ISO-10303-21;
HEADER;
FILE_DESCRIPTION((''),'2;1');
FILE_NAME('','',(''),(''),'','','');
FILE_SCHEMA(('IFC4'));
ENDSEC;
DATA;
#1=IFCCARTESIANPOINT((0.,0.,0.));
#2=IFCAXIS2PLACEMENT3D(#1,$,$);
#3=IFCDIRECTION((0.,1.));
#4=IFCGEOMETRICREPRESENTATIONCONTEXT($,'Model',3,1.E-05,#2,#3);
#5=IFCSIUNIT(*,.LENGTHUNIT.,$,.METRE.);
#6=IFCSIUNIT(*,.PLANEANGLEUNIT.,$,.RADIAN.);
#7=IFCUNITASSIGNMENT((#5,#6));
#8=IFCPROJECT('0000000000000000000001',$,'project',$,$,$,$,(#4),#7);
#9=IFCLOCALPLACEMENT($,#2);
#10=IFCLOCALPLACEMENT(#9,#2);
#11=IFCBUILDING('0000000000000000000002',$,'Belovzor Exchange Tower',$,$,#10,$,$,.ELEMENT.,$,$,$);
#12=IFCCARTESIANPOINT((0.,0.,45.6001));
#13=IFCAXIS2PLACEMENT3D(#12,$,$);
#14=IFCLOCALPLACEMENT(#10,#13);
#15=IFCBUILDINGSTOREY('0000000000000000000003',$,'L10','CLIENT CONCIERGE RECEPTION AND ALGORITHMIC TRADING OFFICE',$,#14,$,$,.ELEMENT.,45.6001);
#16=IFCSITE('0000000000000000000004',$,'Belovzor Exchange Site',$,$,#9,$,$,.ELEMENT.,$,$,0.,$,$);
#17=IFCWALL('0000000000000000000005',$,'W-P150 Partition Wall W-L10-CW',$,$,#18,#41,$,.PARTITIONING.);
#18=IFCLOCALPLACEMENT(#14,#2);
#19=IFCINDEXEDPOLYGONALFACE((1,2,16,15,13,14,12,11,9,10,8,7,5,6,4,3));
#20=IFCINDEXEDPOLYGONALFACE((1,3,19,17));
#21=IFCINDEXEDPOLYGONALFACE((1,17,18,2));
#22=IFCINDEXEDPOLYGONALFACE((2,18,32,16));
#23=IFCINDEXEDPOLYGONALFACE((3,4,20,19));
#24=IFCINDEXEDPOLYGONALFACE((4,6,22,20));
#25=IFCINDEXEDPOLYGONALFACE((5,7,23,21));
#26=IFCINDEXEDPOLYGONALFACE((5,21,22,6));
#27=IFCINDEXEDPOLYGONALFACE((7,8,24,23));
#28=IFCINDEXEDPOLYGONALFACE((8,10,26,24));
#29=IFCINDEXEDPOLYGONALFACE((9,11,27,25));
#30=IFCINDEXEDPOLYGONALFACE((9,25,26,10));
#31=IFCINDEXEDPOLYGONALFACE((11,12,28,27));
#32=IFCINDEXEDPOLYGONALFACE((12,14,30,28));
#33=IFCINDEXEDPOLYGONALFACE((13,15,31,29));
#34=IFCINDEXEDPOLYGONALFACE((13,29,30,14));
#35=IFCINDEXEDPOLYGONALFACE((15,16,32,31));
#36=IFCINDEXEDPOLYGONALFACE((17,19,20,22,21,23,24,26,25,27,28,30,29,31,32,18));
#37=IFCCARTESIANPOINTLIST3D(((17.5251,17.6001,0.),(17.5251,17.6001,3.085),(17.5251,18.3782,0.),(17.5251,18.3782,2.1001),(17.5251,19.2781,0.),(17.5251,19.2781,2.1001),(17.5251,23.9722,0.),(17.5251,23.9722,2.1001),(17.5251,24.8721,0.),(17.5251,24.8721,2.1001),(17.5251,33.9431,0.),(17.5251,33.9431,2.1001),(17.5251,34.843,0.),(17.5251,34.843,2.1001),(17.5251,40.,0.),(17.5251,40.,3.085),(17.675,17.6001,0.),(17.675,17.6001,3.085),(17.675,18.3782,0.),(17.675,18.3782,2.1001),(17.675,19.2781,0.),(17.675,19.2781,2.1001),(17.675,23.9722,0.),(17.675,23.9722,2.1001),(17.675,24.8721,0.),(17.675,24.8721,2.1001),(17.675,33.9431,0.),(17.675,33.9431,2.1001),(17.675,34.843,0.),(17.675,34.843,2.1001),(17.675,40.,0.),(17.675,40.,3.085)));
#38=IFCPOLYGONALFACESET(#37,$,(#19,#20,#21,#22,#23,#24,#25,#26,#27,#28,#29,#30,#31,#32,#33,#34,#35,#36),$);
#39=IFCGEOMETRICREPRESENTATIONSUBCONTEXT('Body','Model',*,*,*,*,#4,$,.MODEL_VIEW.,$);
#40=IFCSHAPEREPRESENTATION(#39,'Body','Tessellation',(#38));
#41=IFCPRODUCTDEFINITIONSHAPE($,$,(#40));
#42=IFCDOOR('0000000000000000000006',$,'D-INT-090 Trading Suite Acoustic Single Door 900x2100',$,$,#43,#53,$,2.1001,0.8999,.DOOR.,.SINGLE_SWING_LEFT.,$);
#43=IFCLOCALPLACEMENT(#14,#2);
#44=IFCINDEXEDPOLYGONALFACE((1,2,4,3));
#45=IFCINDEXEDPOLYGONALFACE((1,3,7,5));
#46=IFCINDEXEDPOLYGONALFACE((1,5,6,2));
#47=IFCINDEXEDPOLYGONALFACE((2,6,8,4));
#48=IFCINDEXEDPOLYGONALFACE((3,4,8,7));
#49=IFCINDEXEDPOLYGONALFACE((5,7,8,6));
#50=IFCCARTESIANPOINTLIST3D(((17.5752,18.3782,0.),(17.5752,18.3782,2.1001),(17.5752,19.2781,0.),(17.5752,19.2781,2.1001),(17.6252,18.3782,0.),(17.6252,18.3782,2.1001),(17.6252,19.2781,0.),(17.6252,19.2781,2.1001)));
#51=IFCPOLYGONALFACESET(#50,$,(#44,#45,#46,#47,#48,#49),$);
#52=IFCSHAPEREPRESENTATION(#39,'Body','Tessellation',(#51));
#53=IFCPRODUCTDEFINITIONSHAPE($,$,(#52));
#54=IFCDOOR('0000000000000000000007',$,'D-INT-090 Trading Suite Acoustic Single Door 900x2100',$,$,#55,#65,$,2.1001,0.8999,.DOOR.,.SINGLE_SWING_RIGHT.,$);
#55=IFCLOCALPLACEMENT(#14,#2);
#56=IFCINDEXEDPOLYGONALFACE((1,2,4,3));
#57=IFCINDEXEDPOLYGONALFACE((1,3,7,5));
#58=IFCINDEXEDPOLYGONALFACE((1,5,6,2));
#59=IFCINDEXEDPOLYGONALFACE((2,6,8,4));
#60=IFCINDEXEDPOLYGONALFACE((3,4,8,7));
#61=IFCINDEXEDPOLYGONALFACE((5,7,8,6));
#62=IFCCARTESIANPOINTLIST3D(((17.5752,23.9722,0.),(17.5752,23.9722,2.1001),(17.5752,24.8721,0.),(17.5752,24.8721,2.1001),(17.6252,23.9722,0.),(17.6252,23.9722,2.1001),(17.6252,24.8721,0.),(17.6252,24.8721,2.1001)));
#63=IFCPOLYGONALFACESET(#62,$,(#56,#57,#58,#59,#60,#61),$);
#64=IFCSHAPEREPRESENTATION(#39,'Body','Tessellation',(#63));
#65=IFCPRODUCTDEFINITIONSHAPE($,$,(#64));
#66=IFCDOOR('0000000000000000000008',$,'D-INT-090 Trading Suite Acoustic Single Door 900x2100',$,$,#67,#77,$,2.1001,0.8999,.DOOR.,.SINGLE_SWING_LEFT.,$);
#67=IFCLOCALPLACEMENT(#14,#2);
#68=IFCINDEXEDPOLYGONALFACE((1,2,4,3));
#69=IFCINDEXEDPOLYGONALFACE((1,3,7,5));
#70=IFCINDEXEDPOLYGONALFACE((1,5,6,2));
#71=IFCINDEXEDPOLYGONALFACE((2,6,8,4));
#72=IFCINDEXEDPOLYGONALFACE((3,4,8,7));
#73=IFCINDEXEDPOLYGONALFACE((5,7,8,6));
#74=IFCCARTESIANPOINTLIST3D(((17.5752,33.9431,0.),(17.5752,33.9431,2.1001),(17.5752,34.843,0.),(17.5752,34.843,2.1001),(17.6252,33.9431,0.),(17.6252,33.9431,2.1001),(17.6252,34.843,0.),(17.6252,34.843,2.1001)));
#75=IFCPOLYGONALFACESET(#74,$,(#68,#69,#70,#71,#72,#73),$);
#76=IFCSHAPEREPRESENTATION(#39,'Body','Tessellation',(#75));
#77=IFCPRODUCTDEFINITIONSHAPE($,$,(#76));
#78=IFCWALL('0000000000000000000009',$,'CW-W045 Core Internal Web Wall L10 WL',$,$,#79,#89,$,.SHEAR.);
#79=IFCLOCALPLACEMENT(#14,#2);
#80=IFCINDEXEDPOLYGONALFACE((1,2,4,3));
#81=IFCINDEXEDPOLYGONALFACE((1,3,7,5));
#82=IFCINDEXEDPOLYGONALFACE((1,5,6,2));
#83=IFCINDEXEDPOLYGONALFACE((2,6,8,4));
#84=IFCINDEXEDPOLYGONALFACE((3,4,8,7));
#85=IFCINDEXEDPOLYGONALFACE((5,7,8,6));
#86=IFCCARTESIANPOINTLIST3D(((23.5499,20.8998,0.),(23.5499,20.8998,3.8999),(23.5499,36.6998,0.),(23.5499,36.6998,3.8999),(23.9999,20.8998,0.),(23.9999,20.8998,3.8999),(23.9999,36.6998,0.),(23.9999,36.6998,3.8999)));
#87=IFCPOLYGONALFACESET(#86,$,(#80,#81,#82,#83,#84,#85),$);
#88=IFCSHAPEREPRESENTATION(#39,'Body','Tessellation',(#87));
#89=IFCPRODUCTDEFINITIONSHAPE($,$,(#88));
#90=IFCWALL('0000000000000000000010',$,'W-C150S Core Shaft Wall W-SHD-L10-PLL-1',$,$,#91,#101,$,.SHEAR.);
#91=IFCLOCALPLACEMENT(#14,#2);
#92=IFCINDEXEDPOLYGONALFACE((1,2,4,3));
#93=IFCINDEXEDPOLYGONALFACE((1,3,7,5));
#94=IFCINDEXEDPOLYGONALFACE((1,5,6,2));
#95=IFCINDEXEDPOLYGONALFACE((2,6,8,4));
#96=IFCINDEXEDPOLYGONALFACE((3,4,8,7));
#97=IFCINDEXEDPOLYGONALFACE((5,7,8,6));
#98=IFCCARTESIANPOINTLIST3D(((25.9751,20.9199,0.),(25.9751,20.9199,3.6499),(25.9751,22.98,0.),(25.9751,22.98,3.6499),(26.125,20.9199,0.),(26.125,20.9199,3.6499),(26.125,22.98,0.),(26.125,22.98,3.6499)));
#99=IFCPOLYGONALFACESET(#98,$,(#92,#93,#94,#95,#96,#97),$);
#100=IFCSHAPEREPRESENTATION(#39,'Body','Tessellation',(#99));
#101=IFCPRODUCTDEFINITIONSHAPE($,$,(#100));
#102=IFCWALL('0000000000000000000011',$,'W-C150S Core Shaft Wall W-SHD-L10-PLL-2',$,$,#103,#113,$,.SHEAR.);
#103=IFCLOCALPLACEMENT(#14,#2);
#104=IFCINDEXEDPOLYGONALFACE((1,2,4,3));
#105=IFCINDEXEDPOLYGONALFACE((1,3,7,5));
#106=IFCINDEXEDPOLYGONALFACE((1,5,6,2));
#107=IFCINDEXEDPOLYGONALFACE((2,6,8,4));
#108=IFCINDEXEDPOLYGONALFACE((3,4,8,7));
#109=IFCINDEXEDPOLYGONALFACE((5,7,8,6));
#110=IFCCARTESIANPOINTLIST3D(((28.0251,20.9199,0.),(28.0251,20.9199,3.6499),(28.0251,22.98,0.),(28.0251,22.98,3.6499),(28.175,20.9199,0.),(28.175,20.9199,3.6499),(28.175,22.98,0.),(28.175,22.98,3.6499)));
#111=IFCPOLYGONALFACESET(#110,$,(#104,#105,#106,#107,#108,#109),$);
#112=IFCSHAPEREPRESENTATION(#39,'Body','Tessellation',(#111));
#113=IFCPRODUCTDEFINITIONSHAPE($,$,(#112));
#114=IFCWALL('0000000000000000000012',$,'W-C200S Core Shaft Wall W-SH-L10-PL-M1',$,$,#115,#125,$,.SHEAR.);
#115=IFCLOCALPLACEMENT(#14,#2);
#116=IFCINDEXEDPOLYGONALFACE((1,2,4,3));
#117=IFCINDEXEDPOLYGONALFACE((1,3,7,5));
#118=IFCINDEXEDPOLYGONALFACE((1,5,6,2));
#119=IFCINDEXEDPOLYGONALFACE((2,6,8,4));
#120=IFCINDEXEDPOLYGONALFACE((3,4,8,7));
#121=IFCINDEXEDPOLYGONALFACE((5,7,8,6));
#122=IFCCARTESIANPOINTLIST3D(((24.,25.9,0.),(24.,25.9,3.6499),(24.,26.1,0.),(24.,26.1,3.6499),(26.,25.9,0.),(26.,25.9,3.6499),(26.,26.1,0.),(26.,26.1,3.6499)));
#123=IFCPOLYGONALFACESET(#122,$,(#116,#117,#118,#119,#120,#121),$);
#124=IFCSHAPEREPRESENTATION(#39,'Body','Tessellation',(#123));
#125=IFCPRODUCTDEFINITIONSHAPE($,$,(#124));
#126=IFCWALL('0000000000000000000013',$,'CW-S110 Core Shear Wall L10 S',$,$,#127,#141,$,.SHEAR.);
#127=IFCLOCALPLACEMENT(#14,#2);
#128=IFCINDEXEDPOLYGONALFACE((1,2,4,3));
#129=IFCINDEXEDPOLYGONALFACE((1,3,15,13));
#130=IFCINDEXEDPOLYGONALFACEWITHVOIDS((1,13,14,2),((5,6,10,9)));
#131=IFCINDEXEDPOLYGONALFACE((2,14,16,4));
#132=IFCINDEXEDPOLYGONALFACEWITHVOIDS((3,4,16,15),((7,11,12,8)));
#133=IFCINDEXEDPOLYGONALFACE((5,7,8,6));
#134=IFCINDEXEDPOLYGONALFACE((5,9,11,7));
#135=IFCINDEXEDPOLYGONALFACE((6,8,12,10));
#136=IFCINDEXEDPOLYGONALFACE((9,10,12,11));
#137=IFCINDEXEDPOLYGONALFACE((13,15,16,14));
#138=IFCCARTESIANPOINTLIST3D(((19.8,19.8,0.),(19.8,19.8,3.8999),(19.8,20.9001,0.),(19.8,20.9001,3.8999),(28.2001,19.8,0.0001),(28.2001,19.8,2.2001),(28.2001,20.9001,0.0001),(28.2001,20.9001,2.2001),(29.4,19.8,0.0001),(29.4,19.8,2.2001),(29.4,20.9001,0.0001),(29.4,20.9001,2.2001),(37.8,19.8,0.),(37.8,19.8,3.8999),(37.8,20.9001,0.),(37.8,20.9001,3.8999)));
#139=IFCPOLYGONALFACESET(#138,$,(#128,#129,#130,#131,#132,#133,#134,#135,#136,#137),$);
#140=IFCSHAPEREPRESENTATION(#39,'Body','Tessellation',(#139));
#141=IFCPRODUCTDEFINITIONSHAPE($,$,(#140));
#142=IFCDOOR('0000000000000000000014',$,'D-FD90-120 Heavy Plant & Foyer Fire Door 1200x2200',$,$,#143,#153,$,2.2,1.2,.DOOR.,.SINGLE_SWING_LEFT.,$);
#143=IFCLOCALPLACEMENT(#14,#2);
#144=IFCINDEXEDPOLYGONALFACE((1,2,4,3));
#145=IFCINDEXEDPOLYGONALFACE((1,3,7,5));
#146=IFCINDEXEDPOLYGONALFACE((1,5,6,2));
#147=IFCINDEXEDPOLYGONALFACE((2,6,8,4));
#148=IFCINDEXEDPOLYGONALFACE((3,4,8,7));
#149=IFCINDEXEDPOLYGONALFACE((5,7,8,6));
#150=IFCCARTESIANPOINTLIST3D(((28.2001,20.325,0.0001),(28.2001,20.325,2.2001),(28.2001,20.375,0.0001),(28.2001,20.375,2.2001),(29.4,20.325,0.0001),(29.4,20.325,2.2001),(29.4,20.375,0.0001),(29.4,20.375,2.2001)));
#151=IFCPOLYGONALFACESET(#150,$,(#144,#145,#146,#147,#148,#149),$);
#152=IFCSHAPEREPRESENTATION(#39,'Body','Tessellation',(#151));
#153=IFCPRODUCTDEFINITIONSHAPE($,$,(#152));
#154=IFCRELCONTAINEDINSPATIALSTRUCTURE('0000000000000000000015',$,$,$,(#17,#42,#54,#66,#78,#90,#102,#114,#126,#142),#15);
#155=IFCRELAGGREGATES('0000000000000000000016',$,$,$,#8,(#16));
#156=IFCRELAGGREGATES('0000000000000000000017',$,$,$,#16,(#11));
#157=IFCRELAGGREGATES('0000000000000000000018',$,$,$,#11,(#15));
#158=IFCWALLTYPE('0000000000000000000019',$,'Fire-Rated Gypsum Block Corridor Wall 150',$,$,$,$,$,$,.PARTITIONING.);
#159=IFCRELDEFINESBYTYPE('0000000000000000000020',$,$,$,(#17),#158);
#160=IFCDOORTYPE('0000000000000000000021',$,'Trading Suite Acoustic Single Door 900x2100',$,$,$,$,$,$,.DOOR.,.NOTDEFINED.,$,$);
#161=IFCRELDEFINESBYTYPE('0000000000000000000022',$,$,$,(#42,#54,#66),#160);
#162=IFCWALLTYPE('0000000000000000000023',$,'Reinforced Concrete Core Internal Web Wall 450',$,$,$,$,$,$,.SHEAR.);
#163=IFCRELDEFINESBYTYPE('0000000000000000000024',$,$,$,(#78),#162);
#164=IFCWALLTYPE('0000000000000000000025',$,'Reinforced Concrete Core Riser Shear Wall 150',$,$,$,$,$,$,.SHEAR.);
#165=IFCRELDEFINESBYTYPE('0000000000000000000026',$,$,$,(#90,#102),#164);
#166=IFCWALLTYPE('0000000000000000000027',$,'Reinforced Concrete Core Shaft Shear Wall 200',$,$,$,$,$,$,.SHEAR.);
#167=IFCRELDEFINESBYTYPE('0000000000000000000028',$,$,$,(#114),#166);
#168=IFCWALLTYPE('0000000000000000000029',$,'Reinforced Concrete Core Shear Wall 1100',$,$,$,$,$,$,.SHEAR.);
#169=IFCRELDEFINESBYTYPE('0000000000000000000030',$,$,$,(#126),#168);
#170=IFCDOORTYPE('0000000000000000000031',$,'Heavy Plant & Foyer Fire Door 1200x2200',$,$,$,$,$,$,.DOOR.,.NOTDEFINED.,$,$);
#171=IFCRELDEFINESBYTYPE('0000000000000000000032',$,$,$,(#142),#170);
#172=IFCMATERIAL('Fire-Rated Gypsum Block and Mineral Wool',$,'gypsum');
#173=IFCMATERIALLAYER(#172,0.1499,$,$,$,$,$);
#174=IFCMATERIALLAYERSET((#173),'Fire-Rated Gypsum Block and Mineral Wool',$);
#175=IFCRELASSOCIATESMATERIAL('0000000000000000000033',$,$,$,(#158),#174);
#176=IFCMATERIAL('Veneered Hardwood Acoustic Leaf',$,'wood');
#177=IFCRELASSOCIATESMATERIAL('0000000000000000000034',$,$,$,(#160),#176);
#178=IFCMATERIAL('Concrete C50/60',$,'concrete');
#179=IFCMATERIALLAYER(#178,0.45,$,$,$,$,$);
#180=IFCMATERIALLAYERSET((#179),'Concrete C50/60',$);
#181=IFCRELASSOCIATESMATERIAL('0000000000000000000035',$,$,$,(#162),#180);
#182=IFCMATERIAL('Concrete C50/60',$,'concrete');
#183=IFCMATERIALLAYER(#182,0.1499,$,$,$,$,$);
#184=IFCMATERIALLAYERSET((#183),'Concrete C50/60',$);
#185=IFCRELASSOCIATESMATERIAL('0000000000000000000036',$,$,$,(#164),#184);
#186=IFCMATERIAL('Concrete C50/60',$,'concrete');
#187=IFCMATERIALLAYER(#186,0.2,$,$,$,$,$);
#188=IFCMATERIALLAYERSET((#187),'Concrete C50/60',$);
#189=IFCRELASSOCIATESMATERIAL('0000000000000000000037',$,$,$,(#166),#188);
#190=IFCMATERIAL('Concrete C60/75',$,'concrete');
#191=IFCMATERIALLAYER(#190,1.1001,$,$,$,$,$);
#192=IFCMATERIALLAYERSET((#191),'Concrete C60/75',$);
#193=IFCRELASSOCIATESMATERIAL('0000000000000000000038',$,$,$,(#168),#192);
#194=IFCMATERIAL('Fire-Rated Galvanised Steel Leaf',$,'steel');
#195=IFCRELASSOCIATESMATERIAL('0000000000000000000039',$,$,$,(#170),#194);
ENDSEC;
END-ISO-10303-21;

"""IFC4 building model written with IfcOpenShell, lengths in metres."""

from ifc_helpers import new_model, si_unit, direction, frame, frame_2d, origin, place, context, subcontext, project, spatial, rectangle, extrude, material, layer, layer_set, type_object, element, fill, save


model = new_model("IFC4")

# Units and contexts
model_context = context("Model", 3, precision=1e-05, world=origin(), true_north=direction((0.0, 1.0)))
body_context = subcontext(model_context, "Body", "Model", "MODEL_VIEW")
ifc_project = project(units=[si_unit("LENGTHUNIT", "METRE"), si_unit("PLANEANGLEUNIT", "RADIAN")], contexts=[model_context])

# Site, building, storey
site_placement = place(None, origin())
site = spatial("IfcSite", under=ifc_project, at=site_placement, Name="Belovzor Exchange Site", CompositionType="ELEMENT", RefElevation=0.0)
building_placement = place(site_placement, origin())
building = spatial("IfcBuilding", under=site, at=building_placement, Name="Belovzor Exchange Tower", CompositionType="ELEMENT")
storey_placement = place(building_placement, frame((0.0, 0.0, 45.6001)))
storey = spatial("IfcBuildingStorey", under=building, at=storey_placement, Name="L10", Description="CLIENT CONCIERGE RECEPTION AND ALGORITHMIC TRADING OFFICE", CompositionType="ELEMENT", Elevation=45.6001)

# Wall, openings, doors
ifc_material_1 = material(Name="Fire-Rated Gypsum Block and Mineral Wool", Category="gypsum")
ifc_layer_1 = layer(ifc_material_1, 0.1499)
ifc_layer_set_1 = layer_set([ifc_layer_1], Name="Fire-Rated Gypsum Block and Mineral Wool")
wall_type_1 = type_object("IfcWallType", Name="Fire-Rated Gypsum Block Corridor Wall 150", PredefinedType="PARTITIONING", material=ifc_layer_set_1)
wall_1_placement = place(storey_placement, frame((17.6001, 17.6001, 0.0), z_axis=(0.0, 0.0, 1.0), x_axis=(0.0, 1.0, 0.0)))
wall_1 = element("IfcWall", 1, at=wall_1_placement, inside=storey, type_object=wall_type_1, Name="W-P150 Partition Wall W-L10-CW", PredefinedType="PARTITIONING", context=body_context, shape_type="SweptSolid", body=[
    extrude(rectangle(XDim=22.3999, YDim=0.1499, at=frame_2d((11.2, 0.0))), origin(), (0.0, 0.0, 1.0), 3.085),
])
opening_1_placement = place(wall_1_placement, frame((0.7781, 0.0, 0.0)))
opening_1 = element("IfcOpeningElement", 2, at=opening_1_placement, cuts=wall_1, PredefinedType="OPENING", context=body_context, shape_type="SweptSolid", body=[
    extrude(rectangle(XDim=0.8999, YDim=2.1001, at=frame_2d((0.45, 1.05))), frame((0.0, 0.085, 0.0), z_axis=(0.0, -1.0, 0.0), x_axis=(1.0, 0.0, 0.0)), (0.0, 0.0, 1.0), 0.1699),
])
opening_2_placement = place(wall_1_placement, frame((6.3721, 0.0, 0.0)))
opening_2 = element("IfcOpeningElement", 3, at=opening_2_placement, cuts=wall_1, PredefinedType="OPENING", context=body_context, shape_type="SweptSolid", body=[
    extrude(rectangle(XDim=0.8999, YDim=2.1001, at=frame_2d((0.45, 1.05))), frame((0.0, 0.085, 0.0), z_axis=(0.0, -1.0, 0.0), x_axis=(1.0, 0.0, 0.0)), (0.0, 0.0, 1.0), 0.1699),
])
opening_3_placement = place(wall_1_placement, frame((16.343, 0.0, 0.0)))
opening_3 = element("IfcOpeningElement", 4, at=opening_3_placement, cuts=wall_1, PredefinedType="OPENING", context=body_context, shape_type="SweptSolid", body=[
    extrude(rectangle(XDim=0.8999, YDim=2.1001, at=frame_2d((0.45, 1.05))), frame((0.0, 0.085, 0.0), z_axis=(0.0, -1.0, 0.0), x_axis=(1.0, 0.0, 0.0)), (0.0, 0.0, 1.0), 0.1699),
])
ifc_material_2 = material(Name="Veneered Hardwood Acoustic Leaf", Category="wood")
door_type_1 = type_object("IfcDoorType", Name="Trading Suite Acoustic Single Door 900x2100", OperationType="NOTDEFINED", PredefinedType="DOOR", material=ifc_material_2)
door_1_placement = place(opening_1_placement, origin())
door_1 = element("IfcDoor", 5, at=door_1_placement, inside=storey, type_object=door_type_1, Name="D-INT-090 Trading Suite Acoustic Single Door 900x2100", OperationType="SINGLE_SWING_LEFT", OverallHeight=2.1001, OverallWidth=0.8999, PredefinedType="DOOR", context=body_context, shape_type="SweptSolid", body=[
    extrude(rectangle(XDim=0.8999, YDim=2.1001, at=frame_2d((0.45, 1.05))), frame((0.0, 0.0249, 0.0), z_axis=(0.0, -1.0, 0.0), x_axis=(1.0, 0.0, 0.0)), (0.0, 0.0, 1.0), 0.05),
])
fill(opening_1, door_1)
door_2_placement = place(opening_2_placement, origin())
door_2 = element("IfcDoor", 6, at=door_2_placement, inside=storey, type_object=door_type_1, Name="D-INT-090 Trading Suite Acoustic Single Door 900x2100", OperationType="SINGLE_SWING_RIGHT", OverallHeight=2.1001, OverallWidth=0.8999, PredefinedType="DOOR", context=body_context, shape_type="SweptSolid", body=[
    extrude(rectangle(XDim=0.8999, YDim=2.1001, at=frame_2d((0.45, 1.05))), frame((0.0, 0.0249, 0.0), z_axis=(0.0, -1.0, 0.0), x_axis=(1.0, 0.0, 0.0)), (0.0, 0.0, 1.0), 0.05),
])
fill(opening_2, door_2)
door_3_placement = place(opening_3_placement, origin())
door_3 = element("IfcDoor", 7, at=door_3_placement, inside=storey, type_object=door_type_1, Name="D-INT-090 Trading Suite Acoustic Single Door 900x2100", OperationType="SINGLE_SWING_LEFT", OverallHeight=2.1001, OverallWidth=0.8999, PredefinedType="DOOR", context=body_context, shape_type="SweptSolid", body=[
    extrude(rectangle(XDim=0.8999, YDim=2.1001, at=frame_2d((0.45, 1.05))), frame((0.0, 0.0249, 0.0), z_axis=(0.0, -1.0, 0.0), x_axis=(1.0, 0.0, 0.0)), (0.0, 0.0, 1.0), 0.05),
])
fill(opening_3, door_3)

# Walls
ifc_material_3 = material(Name="Concrete C50/60", Category="concrete")
ifc_layer_2 = layer(ifc_material_3, 0.45)
ifc_layer_set_2 = layer_set([ifc_layer_2], Name="Concrete C50/60")
wall_type_2 = type_object("IfcWallType", Name="Reinforced Concrete Core Internal Web Wall 450", PredefinedType="SHEAR", material=ifc_layer_set_2)
wall_2_placement = place(storey_placement, frame((23.7749, 20.8999, 0.0), z_axis=(0.0, 0.0, 1.0), x_axis=(0.0, 1.0, 0.0)))
element("IfcWall", 8, at=wall_2_placement, inside=storey, type_object=wall_type_2, Name="CW-W045 Core Internal Web Wall L10 WL", PredefinedType="SHEAR", context=body_context, shape_type="SweptSolid", body=[
    extrude(rectangle(XDim=15.8, YDim=0.45, at=frame_2d((7.8999, 0.0))), origin(), (0.0, 0.0, 1.0), 3.8999),
])
ifc_material_4 = material(Name="Concrete C50/60", Category="concrete")
ifc_layer_3 = layer(ifc_material_4, 0.1499)
ifc_layer_set_3 = layer_set([ifc_layer_3], Name="Concrete C50/60")
wall_type_3 = type_object("IfcWallType", Name="Reinforced Concrete Core Riser Shear Wall 150", PredefinedType="SHEAR", material=ifc_layer_set_3)
for number, where, z_axis, x_axis, name in (
    (9, (26.05, 20.9199, 0.0), (0.0, 0.0, 1.0), (0.0, 1.0, 0.0), "W-C150S Core Shaft Wall W-SHD-L10-PLL-1"),
    (10, (28.1001, 20.9199, 0.0), (0.0, 0.0, 1.0), (0.0, 1.0, 0.0), "W-C150S Core Shaft Wall W-SHD-L10-PLL-2"),
):
    element("IfcWall", number, at=place(storey_placement, frame(where, z_axis=z_axis, x_axis=x_axis)), inside=storey, type_object=wall_type_3, Name=name, PredefinedType="SHEAR", context=body_context, shape_type="SweptSolid", body=[
        extrude(rectangle(XDim=2.0601, YDim=0.1499, at=frame_2d((1.03, 0.0))), origin(), (0.0, 0.0, 1.0), 3.6499),
    ])

# Shared definitions
ifc_material_5 = material(Name="Concrete C50/60", Category="concrete")
ifc_layer_4 = layer(ifc_material_5, 0.2)
ifc_layer_set_4 = layer_set([ifc_layer_4], Name="Concrete C50/60")
wall_type_4 = type_object("IfcWallType", Name="Reinforced Concrete Core Shaft Shear Wall 200", PredefinedType="SHEAR", material=ifc_layer_set_4)

# Wall
wall_3_placement = place(storey_placement, frame((24.0, 26.0, 0.0), z_axis=(0.0, 0.0, 1.0), x_axis=(1.0, 0.0, 0.0)))
element("IfcWall", 11, at=wall_3_placement, inside=storey, type_object=wall_type_4, Name="W-C200S Core Shaft Wall W-SH-L10-PL-M1", PredefinedType="SHEAR", context=body_context, shape_type="SweptSolid", body=[
    extrude(rectangle(XDim=2.0, YDim=0.2, at=frame_2d((1.0, 0.0))), origin(), (0.0, 0.0, 1.0), 3.6499),
])

# Wall, opening, door
ifc_material_6 = material(Name="Concrete C60/75", Category="concrete")
ifc_layer_5 = layer(ifc_material_6, 1.1001)
ifc_layer_set_5 = layer_set([ifc_layer_5], Name="Concrete C60/75")
wall_type_5 = type_object("IfcWallType", Name="Reinforced Concrete Core Shear Wall 1100", PredefinedType="SHEAR", material=ifc_layer_set_5)
wall_4_placement = place(storey_placement, frame((19.8, 20.3501, 0.0), z_axis=(0.0, 0.0, 1.0), x_axis=(1.0, 0.0, 0.0)))
wall_4 = element("IfcWall", 12, at=wall_4_placement, inside=storey, type_object=wall_type_5, Name="CW-S110 Core Shear Wall L10 S", PredefinedType="SHEAR", context=body_context, shape_type="SweptSolid", body=[
    extrude(rectangle(XDim=18.0, YDim=1.1001, at=frame_2d((9.0, 0.0))), origin(), (0.0, 0.0, 1.0), 3.8999),
])
opening_4_placement = place(wall_4_placement, frame((8.3999, 0.0, 0.0)))
opening_4 = element("IfcOpeningElement", 13, at=opening_4_placement, cuts=wall_4, PredefinedType="OPENING", context=body_context, shape_type="SweptSolid", body=[
    extrude(rectangle(XDim=1.2, YDim=2.2, at=frame_2d((0.6001, 1.1001))), frame((0.0, 0.5601, 0.0), z_axis=(0.0, -1.0, 0.0), x_axis=(1.0, 0.0, 0.0)), (0.0, 0.0, 1.0), 1.1201),
])
ifc_material_7 = material(Name="Fire-Rated Galvanised Steel Leaf", Category="steel")
door_type_2 = type_object("IfcDoorType", Name="Heavy Plant & Foyer Fire Door 1200x2200", OperationType="NOTDEFINED", PredefinedType="DOOR", material=ifc_material_7)
door_4_placement = place(opening_4_placement, origin())
door_4 = element("IfcDoor", 14, at=door_4_placement, inside=storey, type_object=door_type_2, Name="D-FD90-120 Heavy Plant & Foyer Fire Door 1200x2200", OperationType="SINGLE_SWING_LEFT", OverallHeight=2.2, OverallWidth=1.2, PredefinedType="DOOR", context=body_context, shape_type="SweptSolid", body=[
    extrude(rectangle(XDim=1.2, YDim=2.2, at=frame_2d((0.6001, 1.1001))), frame((0.0, 0.0249, 0.0), z_axis=(0.0, -1.0, 0.0), x_axis=(1.0, 0.0, 0.0)), (0.0, 0.0, 1.0), 0.05),
])
fill(opening_4, door_4)

save(model, "model.ifc")
